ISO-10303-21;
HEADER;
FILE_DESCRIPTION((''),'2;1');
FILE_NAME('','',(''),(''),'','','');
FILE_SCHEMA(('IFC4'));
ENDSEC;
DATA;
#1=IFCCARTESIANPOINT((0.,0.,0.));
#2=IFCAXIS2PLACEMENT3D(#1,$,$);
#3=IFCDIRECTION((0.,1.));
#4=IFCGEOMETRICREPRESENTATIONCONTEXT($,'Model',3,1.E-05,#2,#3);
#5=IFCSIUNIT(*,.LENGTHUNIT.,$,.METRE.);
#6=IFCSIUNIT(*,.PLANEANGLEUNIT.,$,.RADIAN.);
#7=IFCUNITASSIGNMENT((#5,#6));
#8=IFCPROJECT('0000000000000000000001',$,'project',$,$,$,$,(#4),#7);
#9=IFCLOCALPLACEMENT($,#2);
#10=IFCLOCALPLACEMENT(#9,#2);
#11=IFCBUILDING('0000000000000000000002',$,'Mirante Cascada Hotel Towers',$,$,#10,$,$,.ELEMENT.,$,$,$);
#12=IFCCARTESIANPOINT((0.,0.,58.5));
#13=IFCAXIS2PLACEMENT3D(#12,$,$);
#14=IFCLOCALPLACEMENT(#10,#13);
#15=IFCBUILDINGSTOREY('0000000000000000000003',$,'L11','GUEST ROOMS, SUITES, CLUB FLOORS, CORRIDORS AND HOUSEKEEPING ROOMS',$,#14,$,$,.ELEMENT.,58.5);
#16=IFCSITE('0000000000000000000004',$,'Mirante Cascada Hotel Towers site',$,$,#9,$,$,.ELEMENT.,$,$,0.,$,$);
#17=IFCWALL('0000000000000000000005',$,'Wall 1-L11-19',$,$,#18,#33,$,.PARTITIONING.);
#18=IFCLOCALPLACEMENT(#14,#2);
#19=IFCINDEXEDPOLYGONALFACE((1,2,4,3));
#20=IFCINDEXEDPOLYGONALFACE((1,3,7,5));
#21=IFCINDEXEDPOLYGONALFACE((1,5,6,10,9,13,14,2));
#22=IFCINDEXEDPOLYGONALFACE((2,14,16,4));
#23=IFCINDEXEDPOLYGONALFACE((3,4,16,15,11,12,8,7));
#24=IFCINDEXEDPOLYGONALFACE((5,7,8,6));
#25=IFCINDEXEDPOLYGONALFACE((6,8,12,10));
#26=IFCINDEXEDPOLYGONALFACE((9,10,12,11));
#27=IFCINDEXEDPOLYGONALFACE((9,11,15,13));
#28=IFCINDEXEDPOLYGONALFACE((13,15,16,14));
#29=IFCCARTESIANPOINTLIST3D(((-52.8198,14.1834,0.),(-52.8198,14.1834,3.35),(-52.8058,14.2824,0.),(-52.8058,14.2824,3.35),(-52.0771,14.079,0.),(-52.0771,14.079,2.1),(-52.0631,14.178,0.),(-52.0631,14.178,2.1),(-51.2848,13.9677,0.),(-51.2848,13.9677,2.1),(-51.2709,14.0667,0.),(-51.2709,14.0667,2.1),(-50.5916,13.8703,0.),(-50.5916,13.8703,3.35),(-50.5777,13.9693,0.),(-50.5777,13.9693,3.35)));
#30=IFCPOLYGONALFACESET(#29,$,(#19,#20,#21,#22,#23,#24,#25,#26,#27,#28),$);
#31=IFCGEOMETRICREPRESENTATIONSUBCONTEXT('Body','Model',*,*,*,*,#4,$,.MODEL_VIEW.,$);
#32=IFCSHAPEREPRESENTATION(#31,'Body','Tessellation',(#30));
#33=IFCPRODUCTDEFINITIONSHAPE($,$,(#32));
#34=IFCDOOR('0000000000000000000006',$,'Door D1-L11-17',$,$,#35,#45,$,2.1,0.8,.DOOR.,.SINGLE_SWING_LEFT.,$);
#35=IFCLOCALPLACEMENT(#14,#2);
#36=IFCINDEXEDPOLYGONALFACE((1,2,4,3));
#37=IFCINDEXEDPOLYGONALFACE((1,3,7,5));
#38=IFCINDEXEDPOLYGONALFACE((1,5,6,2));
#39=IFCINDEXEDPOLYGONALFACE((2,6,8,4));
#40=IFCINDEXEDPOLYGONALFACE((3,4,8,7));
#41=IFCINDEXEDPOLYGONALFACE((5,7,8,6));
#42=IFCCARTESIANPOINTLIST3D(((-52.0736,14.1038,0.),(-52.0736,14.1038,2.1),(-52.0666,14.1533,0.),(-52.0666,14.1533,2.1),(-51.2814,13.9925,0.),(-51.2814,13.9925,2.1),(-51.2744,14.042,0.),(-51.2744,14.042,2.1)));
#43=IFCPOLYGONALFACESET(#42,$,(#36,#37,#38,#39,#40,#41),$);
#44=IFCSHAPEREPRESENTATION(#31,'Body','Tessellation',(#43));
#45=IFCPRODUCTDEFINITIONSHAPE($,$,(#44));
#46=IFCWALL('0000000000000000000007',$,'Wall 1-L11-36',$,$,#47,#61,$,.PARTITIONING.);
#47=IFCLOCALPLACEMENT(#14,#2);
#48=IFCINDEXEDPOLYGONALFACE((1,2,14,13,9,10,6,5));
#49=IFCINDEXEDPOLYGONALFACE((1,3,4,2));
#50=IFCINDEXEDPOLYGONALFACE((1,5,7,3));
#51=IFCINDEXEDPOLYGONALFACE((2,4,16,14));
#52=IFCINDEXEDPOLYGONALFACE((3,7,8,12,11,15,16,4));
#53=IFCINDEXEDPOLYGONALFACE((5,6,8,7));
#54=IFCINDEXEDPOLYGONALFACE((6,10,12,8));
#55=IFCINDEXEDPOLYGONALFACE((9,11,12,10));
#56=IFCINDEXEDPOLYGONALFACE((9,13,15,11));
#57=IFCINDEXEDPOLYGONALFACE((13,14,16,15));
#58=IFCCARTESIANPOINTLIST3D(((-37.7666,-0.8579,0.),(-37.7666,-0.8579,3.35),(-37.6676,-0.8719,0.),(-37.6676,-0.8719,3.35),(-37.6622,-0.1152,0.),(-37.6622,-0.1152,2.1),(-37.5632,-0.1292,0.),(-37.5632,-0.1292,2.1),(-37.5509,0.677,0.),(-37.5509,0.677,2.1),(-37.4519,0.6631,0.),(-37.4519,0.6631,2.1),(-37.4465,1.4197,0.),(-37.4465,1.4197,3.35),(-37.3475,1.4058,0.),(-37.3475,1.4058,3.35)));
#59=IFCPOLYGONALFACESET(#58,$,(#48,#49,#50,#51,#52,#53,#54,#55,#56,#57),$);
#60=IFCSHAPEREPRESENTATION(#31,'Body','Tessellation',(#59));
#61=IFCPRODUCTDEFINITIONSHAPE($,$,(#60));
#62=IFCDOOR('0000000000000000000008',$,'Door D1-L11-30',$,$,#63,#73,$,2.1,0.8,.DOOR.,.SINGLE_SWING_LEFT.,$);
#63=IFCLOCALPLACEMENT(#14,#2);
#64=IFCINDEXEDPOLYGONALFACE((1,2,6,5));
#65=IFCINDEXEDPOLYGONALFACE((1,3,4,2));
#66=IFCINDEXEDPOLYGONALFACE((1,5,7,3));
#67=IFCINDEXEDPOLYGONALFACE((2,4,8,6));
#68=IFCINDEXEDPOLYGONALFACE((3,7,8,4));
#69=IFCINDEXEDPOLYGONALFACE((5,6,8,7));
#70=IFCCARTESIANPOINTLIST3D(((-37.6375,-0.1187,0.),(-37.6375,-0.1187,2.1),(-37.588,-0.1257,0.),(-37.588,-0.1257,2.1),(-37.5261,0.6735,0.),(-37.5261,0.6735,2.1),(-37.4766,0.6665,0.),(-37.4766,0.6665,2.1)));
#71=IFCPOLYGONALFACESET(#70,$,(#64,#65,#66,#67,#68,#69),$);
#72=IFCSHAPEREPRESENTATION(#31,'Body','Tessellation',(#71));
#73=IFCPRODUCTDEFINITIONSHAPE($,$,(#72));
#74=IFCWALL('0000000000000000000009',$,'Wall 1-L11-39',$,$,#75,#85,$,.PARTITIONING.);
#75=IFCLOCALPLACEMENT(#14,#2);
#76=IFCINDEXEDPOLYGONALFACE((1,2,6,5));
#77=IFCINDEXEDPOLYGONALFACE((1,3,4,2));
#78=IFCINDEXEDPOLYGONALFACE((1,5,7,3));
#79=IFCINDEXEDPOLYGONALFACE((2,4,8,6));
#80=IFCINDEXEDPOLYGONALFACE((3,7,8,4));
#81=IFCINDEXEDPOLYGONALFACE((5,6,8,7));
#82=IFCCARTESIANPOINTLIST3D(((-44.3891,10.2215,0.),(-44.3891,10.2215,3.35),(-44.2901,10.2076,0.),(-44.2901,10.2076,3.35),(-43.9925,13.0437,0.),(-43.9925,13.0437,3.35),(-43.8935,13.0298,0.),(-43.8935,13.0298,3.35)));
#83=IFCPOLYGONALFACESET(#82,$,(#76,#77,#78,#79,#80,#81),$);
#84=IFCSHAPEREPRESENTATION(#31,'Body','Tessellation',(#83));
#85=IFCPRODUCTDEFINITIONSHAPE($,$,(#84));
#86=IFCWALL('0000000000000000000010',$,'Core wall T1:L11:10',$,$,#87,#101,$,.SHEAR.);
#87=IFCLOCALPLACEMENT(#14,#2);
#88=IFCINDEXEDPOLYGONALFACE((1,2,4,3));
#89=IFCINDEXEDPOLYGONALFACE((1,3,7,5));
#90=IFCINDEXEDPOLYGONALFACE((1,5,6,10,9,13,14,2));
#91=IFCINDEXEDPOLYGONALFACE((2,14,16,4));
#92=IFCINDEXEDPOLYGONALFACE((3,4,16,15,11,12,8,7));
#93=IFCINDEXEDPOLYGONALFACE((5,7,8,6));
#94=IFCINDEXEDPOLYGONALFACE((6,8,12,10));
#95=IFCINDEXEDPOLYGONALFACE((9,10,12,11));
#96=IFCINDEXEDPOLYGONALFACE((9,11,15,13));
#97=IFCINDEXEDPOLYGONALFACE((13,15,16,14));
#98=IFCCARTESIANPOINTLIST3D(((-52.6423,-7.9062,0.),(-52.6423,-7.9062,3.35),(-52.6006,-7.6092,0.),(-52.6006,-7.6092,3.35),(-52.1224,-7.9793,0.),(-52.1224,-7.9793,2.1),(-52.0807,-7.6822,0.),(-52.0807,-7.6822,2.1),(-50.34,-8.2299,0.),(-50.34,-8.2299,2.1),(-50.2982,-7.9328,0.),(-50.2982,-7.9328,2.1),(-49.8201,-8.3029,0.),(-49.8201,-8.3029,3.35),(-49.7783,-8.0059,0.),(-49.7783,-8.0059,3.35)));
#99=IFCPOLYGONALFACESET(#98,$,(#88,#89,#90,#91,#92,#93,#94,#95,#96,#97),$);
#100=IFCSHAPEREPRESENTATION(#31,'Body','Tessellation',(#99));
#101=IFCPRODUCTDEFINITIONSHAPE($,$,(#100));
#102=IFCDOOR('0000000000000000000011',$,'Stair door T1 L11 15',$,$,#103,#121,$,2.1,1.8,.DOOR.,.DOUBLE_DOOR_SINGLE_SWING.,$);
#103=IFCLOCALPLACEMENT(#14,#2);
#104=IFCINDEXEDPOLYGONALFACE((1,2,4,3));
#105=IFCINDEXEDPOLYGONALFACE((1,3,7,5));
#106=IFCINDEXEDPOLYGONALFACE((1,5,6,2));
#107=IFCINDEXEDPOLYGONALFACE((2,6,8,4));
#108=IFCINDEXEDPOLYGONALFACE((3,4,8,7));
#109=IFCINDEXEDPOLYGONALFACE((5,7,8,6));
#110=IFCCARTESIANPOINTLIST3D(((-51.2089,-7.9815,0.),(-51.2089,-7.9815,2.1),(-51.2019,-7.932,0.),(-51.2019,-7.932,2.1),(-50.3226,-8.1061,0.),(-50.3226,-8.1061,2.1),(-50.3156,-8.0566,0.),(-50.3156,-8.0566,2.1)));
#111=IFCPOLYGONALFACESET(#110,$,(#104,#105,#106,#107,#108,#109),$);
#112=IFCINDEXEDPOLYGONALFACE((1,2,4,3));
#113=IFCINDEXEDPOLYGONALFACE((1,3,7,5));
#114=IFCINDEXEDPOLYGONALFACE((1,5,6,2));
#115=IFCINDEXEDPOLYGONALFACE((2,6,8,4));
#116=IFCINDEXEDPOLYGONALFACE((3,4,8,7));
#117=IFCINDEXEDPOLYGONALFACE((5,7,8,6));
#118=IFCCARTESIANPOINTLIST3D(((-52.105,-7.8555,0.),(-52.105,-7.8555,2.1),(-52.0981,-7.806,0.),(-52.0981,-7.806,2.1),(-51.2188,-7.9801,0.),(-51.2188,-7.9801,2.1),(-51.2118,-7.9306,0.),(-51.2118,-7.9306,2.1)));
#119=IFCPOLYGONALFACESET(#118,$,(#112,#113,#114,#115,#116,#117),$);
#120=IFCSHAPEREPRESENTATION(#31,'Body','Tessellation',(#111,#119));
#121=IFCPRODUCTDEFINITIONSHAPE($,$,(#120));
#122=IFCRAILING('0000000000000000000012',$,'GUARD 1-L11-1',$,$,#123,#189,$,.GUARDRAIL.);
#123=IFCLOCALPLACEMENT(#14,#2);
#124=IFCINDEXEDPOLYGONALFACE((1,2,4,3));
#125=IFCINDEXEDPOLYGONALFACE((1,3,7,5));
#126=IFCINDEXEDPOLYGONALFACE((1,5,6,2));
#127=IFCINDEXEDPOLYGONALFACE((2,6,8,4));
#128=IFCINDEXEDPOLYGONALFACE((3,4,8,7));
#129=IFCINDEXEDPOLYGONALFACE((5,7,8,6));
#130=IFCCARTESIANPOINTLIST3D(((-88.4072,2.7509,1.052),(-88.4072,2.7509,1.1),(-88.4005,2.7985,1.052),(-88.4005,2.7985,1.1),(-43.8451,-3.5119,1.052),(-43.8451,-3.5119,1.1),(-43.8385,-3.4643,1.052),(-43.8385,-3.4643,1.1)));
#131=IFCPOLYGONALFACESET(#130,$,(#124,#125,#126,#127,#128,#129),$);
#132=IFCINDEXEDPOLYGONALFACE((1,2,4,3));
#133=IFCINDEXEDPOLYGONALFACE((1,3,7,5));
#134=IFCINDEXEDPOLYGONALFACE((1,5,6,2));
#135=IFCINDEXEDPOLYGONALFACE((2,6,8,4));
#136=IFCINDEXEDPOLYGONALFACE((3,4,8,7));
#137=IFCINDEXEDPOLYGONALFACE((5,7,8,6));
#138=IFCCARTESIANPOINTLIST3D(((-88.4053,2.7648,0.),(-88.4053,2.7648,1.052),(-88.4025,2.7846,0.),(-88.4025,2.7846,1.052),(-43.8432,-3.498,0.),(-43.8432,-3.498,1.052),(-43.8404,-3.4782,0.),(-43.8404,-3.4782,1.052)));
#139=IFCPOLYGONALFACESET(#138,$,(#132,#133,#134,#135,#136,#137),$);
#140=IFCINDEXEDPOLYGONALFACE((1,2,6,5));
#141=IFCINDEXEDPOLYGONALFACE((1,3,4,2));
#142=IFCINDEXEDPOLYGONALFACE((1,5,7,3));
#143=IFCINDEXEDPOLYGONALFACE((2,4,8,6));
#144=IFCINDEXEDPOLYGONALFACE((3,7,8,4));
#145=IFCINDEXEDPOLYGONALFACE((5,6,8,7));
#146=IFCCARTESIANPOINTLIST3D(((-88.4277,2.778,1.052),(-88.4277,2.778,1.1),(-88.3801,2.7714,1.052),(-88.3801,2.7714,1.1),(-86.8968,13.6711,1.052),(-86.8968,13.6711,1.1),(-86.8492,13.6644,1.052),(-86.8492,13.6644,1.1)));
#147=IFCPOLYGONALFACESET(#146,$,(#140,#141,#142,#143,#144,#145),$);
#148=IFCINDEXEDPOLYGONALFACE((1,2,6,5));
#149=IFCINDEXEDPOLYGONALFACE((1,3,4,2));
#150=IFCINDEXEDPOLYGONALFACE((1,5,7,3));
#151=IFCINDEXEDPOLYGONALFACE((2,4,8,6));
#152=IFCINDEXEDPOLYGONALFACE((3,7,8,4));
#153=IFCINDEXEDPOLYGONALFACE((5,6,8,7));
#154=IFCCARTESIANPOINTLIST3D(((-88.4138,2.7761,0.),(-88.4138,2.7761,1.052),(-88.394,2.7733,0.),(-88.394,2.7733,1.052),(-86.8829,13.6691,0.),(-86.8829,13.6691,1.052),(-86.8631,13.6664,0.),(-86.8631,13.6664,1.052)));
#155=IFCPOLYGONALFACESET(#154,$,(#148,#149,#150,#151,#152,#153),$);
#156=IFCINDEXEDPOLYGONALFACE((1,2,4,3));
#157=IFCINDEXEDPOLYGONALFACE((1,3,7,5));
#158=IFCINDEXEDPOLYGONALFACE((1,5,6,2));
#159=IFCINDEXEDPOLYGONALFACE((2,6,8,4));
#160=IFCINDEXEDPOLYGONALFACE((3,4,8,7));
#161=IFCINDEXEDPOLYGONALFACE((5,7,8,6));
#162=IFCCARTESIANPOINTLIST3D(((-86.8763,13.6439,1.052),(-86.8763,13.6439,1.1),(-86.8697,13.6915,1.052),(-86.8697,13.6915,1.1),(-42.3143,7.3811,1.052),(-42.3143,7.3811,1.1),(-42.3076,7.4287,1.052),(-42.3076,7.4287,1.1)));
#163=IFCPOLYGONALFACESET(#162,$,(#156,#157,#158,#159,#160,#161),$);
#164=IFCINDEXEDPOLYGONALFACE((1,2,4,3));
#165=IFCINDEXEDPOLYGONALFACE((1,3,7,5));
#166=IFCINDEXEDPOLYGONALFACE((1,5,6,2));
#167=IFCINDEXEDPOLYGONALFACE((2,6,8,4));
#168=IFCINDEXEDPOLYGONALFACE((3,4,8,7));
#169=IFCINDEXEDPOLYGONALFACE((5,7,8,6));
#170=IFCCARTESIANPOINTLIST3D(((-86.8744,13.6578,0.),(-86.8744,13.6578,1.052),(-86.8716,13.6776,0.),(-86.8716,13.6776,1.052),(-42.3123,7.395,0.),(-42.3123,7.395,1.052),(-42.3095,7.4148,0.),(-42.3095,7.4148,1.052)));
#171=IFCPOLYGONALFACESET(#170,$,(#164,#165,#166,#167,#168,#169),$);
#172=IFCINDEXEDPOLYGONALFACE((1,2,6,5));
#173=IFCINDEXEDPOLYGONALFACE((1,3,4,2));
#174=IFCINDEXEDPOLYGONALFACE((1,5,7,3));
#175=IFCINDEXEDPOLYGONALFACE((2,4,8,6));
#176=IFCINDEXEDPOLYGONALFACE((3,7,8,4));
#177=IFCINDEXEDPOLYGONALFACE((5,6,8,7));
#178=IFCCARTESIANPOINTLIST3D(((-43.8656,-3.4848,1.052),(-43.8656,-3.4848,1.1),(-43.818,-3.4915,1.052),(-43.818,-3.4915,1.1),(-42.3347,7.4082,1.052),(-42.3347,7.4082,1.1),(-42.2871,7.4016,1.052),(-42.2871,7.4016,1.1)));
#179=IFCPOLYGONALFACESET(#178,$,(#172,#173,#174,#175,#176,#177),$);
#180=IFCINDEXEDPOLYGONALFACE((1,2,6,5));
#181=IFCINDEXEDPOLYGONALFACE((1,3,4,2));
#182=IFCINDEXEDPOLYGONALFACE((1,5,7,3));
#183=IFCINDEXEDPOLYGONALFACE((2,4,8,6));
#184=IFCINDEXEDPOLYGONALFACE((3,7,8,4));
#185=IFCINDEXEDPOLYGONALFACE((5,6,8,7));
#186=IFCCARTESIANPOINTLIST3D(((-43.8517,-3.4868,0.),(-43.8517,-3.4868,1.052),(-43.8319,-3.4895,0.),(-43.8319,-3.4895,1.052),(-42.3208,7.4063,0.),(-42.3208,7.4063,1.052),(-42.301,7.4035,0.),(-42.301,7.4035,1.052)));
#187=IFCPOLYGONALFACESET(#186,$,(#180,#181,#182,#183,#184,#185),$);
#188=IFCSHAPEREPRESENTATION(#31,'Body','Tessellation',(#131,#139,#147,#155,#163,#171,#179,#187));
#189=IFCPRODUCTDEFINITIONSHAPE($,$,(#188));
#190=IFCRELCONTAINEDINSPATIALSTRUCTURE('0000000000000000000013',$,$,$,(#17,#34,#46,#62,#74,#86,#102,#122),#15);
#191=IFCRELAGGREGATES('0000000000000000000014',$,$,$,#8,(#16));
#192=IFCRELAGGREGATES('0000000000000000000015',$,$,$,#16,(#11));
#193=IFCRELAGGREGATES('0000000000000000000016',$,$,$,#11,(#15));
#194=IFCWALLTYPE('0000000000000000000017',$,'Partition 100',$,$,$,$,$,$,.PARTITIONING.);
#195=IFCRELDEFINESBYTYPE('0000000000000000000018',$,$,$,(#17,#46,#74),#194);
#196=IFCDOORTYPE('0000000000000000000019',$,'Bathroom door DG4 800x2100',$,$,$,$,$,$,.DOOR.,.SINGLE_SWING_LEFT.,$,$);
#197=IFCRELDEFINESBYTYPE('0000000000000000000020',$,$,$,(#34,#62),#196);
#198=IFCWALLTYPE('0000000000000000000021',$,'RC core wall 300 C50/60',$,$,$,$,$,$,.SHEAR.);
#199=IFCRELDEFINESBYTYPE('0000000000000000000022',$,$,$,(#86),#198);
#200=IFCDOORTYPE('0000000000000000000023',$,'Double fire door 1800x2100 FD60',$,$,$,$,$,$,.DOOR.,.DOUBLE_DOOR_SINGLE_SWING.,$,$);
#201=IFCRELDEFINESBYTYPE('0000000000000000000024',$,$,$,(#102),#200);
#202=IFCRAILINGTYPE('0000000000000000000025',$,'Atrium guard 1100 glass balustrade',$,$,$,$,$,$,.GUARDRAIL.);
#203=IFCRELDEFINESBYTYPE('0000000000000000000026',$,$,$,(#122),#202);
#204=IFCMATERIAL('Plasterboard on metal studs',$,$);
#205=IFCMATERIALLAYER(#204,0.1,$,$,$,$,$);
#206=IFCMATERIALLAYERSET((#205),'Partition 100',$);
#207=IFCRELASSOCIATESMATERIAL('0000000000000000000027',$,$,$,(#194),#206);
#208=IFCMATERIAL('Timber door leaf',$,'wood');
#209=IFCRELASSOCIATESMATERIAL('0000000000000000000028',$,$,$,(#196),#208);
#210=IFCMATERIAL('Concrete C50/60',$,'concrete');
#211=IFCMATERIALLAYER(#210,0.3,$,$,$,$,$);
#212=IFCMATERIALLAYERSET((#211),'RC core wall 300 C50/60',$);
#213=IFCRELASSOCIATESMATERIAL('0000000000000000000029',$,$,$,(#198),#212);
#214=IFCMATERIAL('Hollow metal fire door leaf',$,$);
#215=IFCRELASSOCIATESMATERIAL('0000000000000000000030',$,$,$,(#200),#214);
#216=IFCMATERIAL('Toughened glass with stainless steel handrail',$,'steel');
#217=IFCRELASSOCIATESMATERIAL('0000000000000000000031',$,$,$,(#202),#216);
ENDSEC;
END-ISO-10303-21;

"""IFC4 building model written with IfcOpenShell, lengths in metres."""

from ifc_helpers import new_model, si_unit, direction, frame, frame_2d, origin, origin_2d, place, context, subcontext, project, spatial, rectangle, extrude, material, layer, layer_set, type_object, element, fill, save


model = new_model("IFC4")

# Units and contexts
model_context = context("Model", 3, precision=1e-05, world=origin(), true_north=direction((0.0, 1.0)))
body_context = subcontext(model_context, "Body", "Model", "MODEL_VIEW")
ifc_project = project(units=[si_unit("LENGTHUNIT", "METRE"), si_unit("PLANEANGLEUNIT", "RADIAN")], contexts=[model_context])

# Site, building, storey
site_placement = place(None, origin())
site = spatial("IfcSite", under=ifc_project, at=site_placement, Name="Mirante Cascada Hotel Towers site", CompositionType="ELEMENT", RefElevation=0.0)
building_placement = place(site_placement, origin())
building = spatial("IfcBuilding", under=site, at=building_placement, Name="Mirante Cascada Hotel Towers", CompositionType="ELEMENT")
storey_placement = place(building_placement, frame((0.0, 0.0, 58.5)))
storey = spatial("IfcBuildingStorey", under=building, at=storey_placement, Name="L11", Description="GUEST ROOMS, SUITES, CLUB FLOORS, CORRIDORS AND HOUSEKEEPING ROOMS", CompositionType="ELEMENT", Elevation=58.5)

# Shared definitions
ifc_material_1 = material(Name="Plasterboard on metal studs")
ifc_layer_1 = layer(ifc_material_1, 0.1)
ifc_layer_set_1 = layer_set([ifc_layer_1], Name="Partition 100")
wall_type_1 = type_object("IfcWallType", Name="Partition 100", PredefinedType="PARTITIONING", material=ifc_layer_set_1)

# Walls, openings, doors
ifc_material_2 = material(Name="Timber door leaf", Category="wood")
door_type_1 = type_object("IfcDoorType", Name="Bathroom door DG4 800x2100", OperationType="SINGLE_SWING_LEFT", PredefinedType="DOOR", material=ifc_material_2)
wall_1_placement = place(storey_placement, frame((-52.8128, 14.2329, 0.0), z_axis=(0.0, 0.0, 1.0), x_axis=(0.990271, -0.139156, 0.0)))
wall_1 = element("IfcWall", 1, at=wall_1_placement, inside=storey, type_object=wall_type_1, Name="Wall 1-L11-19", PredefinedType="PARTITIONING", context=body_context, shape_type="SweptSolid", body=[
    extrude(rectangle(XDim=2.25, YDim=0.1, at=frame_2d((1.125, 0.0))), origin(), (0.0, 0.0, 1.0), 3.35),
])
opening_1_placement = place(wall_1_placement, frame((0.75, 0.0, 0.0)))
opening_1 = element("IfcOpeningElement", 2, at=opening_1_placement, cuts=wall_1, PredefinedType="OPENING", context=body_context, shape_type="SweptSolid", body=[
    extrude(rectangle(XDim=0.8, YDim=2.1, at=frame_2d((0.4, 1.05))), frame((0.0, 0.05, 0.0), z_axis=(0.0, -1.0, 0.0), x_axis=(1.0, 0.0, 0.0)), (0.0, 0.0, 1.0), 0.1),
])
door_1_placement = place(opening_1_placement, origin())
door_1 = element("IfcDoor", 3, at=door_1_placement, inside=storey, type_object=door_type_1, Name="Door D1-L11-17", OperationType="SINGLE_SWING_LEFT", OverallHeight=2.1, OverallWidth=0.8, PredefinedType="DOOR", context=body_context, shape_type="SweptSolid", body=[
    extrude(rectangle(XDim=0.8, YDim=2.1, at=frame_2d((0.4, 1.05))), frame((0.0, 0.025, 0.0), z_axis=(0.0, -1.0, 0.0), x_axis=(1.0, 0.0, 0.0)), (0.0, 0.0, 1.0), 0.05),
])
fill(opening_1, door_1)
wall_2_placement = place(storey_placement, frame((-37.7171, -0.8649, 0.0), z_axis=(0.0, 0.0, 1.0), x_axis=(0.139175, 0.990268, 0.0)))
wall_2 = element("IfcWall", 4, at=wall_2_placement, inside=storey, type_object=wall_type_1, Name="Wall 1-L11-36", PredefinedType="PARTITIONING", context=body_context, shape_type="SweptSolid", body=[
    extrude(rectangle(XDim=2.3, YDim=0.1, at=frame_2d((1.15, 0.0))), origin(), (0.0, 0.0, 1.0), 3.35),
])
opening_2_placement = place(wall_2_placement, frame((0.75, 0.0, 0.0)))
opening_2 = element("IfcOpeningElement", 5, at=opening_2_placement, cuts=wall_2, PredefinedType="OPENING", context=body_context, shape_type="SweptSolid", body=[
    extrude(rectangle(XDim=0.8, YDim=2.1, at=frame_2d((0.4, 1.05))), frame((0.0, 0.05, 0.0), z_axis=(0.0, -1.0, 0.0), x_axis=(1.0, 0.0, 0.0)), (0.0, 0.0, 1.0), 0.1),
])
door_2_placement = place(opening_2_placement, origin())
door_2 = element("IfcDoor", 6, at=door_2_placement, inside=storey, type_object=door_type_1, Name="Door D1-L11-30", OperationType="SINGLE_SWING_LEFT", OverallHeight=2.1, OverallWidth=0.8, PredefinedType="DOOR", context=body_context, shape_type="SweptSolid", body=[
    extrude(rectangle(XDim=0.8, YDim=2.1, at=frame_2d((0.4, 1.05))), frame((0.0, 0.025, 0.0), z_axis=(0.0, -1.0, 0.0), x_axis=(1.0, 0.0, 0.0)), (0.0, 0.0, 1.0), 0.05),
])
fill(opening_2, door_2)

# Wall
wall_3_placement = place(storey_placement, frame((-43.943, 13.0368, 0.0), z_axis=(0.0, 0.0, 1.0), x_axis=(-0.139161, -0.99027, 0.0)))
element("IfcWall", 7, at=wall_3_placement, inside=storey, type_object=wall_type_1, Name="Wall 1-L11-39", PredefinedType="PARTITIONING", context=body_context, shape_type="SweptSolid", body=[
    extrude(rectangle(XDim=2.8499, YDim=0.1, at=frame_2d((1.425, 0.0))), origin(), (0.0, 0.0, 1.0), 3.35),
])

# Wall, opening, door
ifc_material_3 = material(Name="Concrete C50/60", Category="concrete")
ifc_layer_2 = layer(ifc_material_3, 0.3)
ifc_layer_set_2 = layer_set([ifc_layer_2], Name="RC core wall 300 C50/60")
wall_type_2 = type_object("IfcWallType", Name="RC core wall 300 C50/60", PredefinedType="SHEAR", material=ifc_layer_set_2)
wall_4_placement = place(storey_placement, frame((-49.7992, -8.1544, 0.0), z_axis=(0.0, 0.0, 1.0), x_axis=(-0.990266, 0.139191, 0.0)))
wall_4 = element("IfcWall", 8, at=wall_4_placement, inside=storey, type_object=wall_type_2, Name="Core wall T1:L11:10", PredefinedType="SHEAR", context=body_context, shape_type="SweptSolid", body=[
    extrude(rectangle(XDim=2.85, YDim=0.3, at=frame_2d((1.425, 0.0))), origin(), (0.0, 0.0, 1.0), 3.35),
])
opening_3_placement = place(wall_4_placement, frame((0.525, 0.0, 0.0)))
opening_3 = element("IfcOpeningElement", 9, at=opening_3_placement, cuts=wall_4, PredefinedType="OPENING", context=body_context, shape_type="SweptSolid", body=[
    extrude(rectangle(XDim=1.8, YDim=2.1, at=frame_2d((0.9, 1.05))), frame((0.0, 0.15, 0.0), z_axis=(0.0, -1.0, 0.0), x_axis=(1.0, 0.0, 0.0)), (0.0, 0.0, 1.0), 0.3),
])
ifc_material_4 = material(Name="Hollow metal fire door leaf")
door_type_2 = type_object("IfcDoorType", Name="Double fire door 1800x2100 FD60", OperationType="DOUBLE_DOOR_SINGLE_SWING", PredefinedType="DOOR", material=ifc_material_4)
door_3_placement = place(opening_3_placement, origin())
door_3 = element("IfcDoor", 10, at=door_3_placement, inside=storey, type_object=door_type_2, Name="Stair door T1 L11 15", OperationType="DOUBLE_DOOR_SINGLE_SWING", OverallHeight=2.1, OverallWidth=1.8, PredefinedType="DOOR", context=body_context, shape_type="SweptSolid", body=[
    extrude(rectangle(XDim=0.895, YDim=2.1, at=frame_2d((0.4475, 1.05))), frame((0.0, 0.025, 0.0), z_axis=(0.0, -1.0, 0.0), x_axis=(1.0, 0.0, 0.0)), (0.0, 0.0, 1.0), 0.05),
    extrude(rectangle(XDim=0.895, YDim=2.1, at=frame_2d((1.3525, 1.05))), frame((0.0, 0.025, 0.0), z_axis=(0.0, -1.0, 0.0), x_axis=(1.0, 0.0, 0.0)), (0.0, 0.0, 1.0), 0.05),
])
fill(opening_3, door_3)

# Railing
ifc_material_5 = material(Name="Toughened glass with stainless steel handrail", Category="steel")
railing_type = type_object("IfcRailingType", Name="Atrium guard 1100 glass balustrade", PredefinedType="GUARDRAIL", material=ifc_material_5)
railing_placement = place(storey_placement, frame((-43.8418, -3.4881, 0.0)))
element("IfcRailing", 11, at=railing_placement, inside=storey, type_object=railing_type, Name="GUARD 1-L11-1", PredefinedType="GUARDRAIL", context=body_context, shape_type="SweptSolid", body=[
    extrude(rectangle(XDim=0.048, YDim=0.048, at=origin_2d()), frame((0.0, 0.0, 1.076), z_axis=(-0.990268, 0.139173, 0.0), x_axis=(-0.139173, -0.990268, 0.0)), (0.0, 0.0, 1.0), 45.0),
    extrude(rectangle(XDim=0.02, YDim=1.052, at=origin_2d()), frame((0.0, 0.0, 0.526), z_axis=(-0.990268, 0.139173, 0.0), x_axis=(-0.139173, -0.990268, 0.0)), (0.0, 0.0, 1.0), 45.0),
    extrude(rectangle(XDim=0.048, YDim=0.048, at=origin_2d()), frame((-44.5621, 6.2628, 1.076), z_axis=(0.139172, 0.990268, 0.0), x_axis=(-0.990268, 0.139172, 0.0)), (0.0, 0.0, 1.0), 11.0001),
    extrude(rectangle(XDim=0.02, YDim=1.052, at=origin_2d()), frame((-44.5621, 6.2628, 0.526), z_axis=(0.139172, 0.990268, 0.0), x_axis=(-0.990268, 0.139172, 0.0)), (0.0, 0.0, 1.0), 11.0001),
    extrude(rectangle(XDim=0.048, YDim=0.048, at=origin_2d()), frame((-43.0312, 17.1558, 1.076), z_axis=(0.990268, -0.139173, 0.0), x_axis=(0.139173, 0.990268, 0.0)), (0.0, 0.0, 1.0), 45.0),
    extrude(rectangle(XDim=0.02, YDim=1.052, at=origin_2d()), frame((-43.0312, 17.1558, 0.526), z_axis=(0.990268, -0.139173, 0.0), x_axis=(0.139173, 0.990268, 0.0)), (0.0, 0.0, 1.0), 45.0),
    extrude(rectangle(XDim=0.048, YDim=0.048, at=origin_2d()), frame((1.5309, 10.893, 1.076), z_axis=(-0.139172, -0.990268, 0.0), x_axis=(0.990268, -0.139172, 0.0)), (0.0, 0.0, 1.0), 11.0001),
    extrude(rectangle(XDim=0.02, YDim=1.052, at=origin_2d()), frame((1.5309, 10.893, 0.526), z_axis=(-0.139172, -0.990268, 0.0), x_axis=(0.990268, -0.139172, 0.0)), (0.0, 0.0, 1.0), 11.0001),
])

save(model, "model.ifc")
